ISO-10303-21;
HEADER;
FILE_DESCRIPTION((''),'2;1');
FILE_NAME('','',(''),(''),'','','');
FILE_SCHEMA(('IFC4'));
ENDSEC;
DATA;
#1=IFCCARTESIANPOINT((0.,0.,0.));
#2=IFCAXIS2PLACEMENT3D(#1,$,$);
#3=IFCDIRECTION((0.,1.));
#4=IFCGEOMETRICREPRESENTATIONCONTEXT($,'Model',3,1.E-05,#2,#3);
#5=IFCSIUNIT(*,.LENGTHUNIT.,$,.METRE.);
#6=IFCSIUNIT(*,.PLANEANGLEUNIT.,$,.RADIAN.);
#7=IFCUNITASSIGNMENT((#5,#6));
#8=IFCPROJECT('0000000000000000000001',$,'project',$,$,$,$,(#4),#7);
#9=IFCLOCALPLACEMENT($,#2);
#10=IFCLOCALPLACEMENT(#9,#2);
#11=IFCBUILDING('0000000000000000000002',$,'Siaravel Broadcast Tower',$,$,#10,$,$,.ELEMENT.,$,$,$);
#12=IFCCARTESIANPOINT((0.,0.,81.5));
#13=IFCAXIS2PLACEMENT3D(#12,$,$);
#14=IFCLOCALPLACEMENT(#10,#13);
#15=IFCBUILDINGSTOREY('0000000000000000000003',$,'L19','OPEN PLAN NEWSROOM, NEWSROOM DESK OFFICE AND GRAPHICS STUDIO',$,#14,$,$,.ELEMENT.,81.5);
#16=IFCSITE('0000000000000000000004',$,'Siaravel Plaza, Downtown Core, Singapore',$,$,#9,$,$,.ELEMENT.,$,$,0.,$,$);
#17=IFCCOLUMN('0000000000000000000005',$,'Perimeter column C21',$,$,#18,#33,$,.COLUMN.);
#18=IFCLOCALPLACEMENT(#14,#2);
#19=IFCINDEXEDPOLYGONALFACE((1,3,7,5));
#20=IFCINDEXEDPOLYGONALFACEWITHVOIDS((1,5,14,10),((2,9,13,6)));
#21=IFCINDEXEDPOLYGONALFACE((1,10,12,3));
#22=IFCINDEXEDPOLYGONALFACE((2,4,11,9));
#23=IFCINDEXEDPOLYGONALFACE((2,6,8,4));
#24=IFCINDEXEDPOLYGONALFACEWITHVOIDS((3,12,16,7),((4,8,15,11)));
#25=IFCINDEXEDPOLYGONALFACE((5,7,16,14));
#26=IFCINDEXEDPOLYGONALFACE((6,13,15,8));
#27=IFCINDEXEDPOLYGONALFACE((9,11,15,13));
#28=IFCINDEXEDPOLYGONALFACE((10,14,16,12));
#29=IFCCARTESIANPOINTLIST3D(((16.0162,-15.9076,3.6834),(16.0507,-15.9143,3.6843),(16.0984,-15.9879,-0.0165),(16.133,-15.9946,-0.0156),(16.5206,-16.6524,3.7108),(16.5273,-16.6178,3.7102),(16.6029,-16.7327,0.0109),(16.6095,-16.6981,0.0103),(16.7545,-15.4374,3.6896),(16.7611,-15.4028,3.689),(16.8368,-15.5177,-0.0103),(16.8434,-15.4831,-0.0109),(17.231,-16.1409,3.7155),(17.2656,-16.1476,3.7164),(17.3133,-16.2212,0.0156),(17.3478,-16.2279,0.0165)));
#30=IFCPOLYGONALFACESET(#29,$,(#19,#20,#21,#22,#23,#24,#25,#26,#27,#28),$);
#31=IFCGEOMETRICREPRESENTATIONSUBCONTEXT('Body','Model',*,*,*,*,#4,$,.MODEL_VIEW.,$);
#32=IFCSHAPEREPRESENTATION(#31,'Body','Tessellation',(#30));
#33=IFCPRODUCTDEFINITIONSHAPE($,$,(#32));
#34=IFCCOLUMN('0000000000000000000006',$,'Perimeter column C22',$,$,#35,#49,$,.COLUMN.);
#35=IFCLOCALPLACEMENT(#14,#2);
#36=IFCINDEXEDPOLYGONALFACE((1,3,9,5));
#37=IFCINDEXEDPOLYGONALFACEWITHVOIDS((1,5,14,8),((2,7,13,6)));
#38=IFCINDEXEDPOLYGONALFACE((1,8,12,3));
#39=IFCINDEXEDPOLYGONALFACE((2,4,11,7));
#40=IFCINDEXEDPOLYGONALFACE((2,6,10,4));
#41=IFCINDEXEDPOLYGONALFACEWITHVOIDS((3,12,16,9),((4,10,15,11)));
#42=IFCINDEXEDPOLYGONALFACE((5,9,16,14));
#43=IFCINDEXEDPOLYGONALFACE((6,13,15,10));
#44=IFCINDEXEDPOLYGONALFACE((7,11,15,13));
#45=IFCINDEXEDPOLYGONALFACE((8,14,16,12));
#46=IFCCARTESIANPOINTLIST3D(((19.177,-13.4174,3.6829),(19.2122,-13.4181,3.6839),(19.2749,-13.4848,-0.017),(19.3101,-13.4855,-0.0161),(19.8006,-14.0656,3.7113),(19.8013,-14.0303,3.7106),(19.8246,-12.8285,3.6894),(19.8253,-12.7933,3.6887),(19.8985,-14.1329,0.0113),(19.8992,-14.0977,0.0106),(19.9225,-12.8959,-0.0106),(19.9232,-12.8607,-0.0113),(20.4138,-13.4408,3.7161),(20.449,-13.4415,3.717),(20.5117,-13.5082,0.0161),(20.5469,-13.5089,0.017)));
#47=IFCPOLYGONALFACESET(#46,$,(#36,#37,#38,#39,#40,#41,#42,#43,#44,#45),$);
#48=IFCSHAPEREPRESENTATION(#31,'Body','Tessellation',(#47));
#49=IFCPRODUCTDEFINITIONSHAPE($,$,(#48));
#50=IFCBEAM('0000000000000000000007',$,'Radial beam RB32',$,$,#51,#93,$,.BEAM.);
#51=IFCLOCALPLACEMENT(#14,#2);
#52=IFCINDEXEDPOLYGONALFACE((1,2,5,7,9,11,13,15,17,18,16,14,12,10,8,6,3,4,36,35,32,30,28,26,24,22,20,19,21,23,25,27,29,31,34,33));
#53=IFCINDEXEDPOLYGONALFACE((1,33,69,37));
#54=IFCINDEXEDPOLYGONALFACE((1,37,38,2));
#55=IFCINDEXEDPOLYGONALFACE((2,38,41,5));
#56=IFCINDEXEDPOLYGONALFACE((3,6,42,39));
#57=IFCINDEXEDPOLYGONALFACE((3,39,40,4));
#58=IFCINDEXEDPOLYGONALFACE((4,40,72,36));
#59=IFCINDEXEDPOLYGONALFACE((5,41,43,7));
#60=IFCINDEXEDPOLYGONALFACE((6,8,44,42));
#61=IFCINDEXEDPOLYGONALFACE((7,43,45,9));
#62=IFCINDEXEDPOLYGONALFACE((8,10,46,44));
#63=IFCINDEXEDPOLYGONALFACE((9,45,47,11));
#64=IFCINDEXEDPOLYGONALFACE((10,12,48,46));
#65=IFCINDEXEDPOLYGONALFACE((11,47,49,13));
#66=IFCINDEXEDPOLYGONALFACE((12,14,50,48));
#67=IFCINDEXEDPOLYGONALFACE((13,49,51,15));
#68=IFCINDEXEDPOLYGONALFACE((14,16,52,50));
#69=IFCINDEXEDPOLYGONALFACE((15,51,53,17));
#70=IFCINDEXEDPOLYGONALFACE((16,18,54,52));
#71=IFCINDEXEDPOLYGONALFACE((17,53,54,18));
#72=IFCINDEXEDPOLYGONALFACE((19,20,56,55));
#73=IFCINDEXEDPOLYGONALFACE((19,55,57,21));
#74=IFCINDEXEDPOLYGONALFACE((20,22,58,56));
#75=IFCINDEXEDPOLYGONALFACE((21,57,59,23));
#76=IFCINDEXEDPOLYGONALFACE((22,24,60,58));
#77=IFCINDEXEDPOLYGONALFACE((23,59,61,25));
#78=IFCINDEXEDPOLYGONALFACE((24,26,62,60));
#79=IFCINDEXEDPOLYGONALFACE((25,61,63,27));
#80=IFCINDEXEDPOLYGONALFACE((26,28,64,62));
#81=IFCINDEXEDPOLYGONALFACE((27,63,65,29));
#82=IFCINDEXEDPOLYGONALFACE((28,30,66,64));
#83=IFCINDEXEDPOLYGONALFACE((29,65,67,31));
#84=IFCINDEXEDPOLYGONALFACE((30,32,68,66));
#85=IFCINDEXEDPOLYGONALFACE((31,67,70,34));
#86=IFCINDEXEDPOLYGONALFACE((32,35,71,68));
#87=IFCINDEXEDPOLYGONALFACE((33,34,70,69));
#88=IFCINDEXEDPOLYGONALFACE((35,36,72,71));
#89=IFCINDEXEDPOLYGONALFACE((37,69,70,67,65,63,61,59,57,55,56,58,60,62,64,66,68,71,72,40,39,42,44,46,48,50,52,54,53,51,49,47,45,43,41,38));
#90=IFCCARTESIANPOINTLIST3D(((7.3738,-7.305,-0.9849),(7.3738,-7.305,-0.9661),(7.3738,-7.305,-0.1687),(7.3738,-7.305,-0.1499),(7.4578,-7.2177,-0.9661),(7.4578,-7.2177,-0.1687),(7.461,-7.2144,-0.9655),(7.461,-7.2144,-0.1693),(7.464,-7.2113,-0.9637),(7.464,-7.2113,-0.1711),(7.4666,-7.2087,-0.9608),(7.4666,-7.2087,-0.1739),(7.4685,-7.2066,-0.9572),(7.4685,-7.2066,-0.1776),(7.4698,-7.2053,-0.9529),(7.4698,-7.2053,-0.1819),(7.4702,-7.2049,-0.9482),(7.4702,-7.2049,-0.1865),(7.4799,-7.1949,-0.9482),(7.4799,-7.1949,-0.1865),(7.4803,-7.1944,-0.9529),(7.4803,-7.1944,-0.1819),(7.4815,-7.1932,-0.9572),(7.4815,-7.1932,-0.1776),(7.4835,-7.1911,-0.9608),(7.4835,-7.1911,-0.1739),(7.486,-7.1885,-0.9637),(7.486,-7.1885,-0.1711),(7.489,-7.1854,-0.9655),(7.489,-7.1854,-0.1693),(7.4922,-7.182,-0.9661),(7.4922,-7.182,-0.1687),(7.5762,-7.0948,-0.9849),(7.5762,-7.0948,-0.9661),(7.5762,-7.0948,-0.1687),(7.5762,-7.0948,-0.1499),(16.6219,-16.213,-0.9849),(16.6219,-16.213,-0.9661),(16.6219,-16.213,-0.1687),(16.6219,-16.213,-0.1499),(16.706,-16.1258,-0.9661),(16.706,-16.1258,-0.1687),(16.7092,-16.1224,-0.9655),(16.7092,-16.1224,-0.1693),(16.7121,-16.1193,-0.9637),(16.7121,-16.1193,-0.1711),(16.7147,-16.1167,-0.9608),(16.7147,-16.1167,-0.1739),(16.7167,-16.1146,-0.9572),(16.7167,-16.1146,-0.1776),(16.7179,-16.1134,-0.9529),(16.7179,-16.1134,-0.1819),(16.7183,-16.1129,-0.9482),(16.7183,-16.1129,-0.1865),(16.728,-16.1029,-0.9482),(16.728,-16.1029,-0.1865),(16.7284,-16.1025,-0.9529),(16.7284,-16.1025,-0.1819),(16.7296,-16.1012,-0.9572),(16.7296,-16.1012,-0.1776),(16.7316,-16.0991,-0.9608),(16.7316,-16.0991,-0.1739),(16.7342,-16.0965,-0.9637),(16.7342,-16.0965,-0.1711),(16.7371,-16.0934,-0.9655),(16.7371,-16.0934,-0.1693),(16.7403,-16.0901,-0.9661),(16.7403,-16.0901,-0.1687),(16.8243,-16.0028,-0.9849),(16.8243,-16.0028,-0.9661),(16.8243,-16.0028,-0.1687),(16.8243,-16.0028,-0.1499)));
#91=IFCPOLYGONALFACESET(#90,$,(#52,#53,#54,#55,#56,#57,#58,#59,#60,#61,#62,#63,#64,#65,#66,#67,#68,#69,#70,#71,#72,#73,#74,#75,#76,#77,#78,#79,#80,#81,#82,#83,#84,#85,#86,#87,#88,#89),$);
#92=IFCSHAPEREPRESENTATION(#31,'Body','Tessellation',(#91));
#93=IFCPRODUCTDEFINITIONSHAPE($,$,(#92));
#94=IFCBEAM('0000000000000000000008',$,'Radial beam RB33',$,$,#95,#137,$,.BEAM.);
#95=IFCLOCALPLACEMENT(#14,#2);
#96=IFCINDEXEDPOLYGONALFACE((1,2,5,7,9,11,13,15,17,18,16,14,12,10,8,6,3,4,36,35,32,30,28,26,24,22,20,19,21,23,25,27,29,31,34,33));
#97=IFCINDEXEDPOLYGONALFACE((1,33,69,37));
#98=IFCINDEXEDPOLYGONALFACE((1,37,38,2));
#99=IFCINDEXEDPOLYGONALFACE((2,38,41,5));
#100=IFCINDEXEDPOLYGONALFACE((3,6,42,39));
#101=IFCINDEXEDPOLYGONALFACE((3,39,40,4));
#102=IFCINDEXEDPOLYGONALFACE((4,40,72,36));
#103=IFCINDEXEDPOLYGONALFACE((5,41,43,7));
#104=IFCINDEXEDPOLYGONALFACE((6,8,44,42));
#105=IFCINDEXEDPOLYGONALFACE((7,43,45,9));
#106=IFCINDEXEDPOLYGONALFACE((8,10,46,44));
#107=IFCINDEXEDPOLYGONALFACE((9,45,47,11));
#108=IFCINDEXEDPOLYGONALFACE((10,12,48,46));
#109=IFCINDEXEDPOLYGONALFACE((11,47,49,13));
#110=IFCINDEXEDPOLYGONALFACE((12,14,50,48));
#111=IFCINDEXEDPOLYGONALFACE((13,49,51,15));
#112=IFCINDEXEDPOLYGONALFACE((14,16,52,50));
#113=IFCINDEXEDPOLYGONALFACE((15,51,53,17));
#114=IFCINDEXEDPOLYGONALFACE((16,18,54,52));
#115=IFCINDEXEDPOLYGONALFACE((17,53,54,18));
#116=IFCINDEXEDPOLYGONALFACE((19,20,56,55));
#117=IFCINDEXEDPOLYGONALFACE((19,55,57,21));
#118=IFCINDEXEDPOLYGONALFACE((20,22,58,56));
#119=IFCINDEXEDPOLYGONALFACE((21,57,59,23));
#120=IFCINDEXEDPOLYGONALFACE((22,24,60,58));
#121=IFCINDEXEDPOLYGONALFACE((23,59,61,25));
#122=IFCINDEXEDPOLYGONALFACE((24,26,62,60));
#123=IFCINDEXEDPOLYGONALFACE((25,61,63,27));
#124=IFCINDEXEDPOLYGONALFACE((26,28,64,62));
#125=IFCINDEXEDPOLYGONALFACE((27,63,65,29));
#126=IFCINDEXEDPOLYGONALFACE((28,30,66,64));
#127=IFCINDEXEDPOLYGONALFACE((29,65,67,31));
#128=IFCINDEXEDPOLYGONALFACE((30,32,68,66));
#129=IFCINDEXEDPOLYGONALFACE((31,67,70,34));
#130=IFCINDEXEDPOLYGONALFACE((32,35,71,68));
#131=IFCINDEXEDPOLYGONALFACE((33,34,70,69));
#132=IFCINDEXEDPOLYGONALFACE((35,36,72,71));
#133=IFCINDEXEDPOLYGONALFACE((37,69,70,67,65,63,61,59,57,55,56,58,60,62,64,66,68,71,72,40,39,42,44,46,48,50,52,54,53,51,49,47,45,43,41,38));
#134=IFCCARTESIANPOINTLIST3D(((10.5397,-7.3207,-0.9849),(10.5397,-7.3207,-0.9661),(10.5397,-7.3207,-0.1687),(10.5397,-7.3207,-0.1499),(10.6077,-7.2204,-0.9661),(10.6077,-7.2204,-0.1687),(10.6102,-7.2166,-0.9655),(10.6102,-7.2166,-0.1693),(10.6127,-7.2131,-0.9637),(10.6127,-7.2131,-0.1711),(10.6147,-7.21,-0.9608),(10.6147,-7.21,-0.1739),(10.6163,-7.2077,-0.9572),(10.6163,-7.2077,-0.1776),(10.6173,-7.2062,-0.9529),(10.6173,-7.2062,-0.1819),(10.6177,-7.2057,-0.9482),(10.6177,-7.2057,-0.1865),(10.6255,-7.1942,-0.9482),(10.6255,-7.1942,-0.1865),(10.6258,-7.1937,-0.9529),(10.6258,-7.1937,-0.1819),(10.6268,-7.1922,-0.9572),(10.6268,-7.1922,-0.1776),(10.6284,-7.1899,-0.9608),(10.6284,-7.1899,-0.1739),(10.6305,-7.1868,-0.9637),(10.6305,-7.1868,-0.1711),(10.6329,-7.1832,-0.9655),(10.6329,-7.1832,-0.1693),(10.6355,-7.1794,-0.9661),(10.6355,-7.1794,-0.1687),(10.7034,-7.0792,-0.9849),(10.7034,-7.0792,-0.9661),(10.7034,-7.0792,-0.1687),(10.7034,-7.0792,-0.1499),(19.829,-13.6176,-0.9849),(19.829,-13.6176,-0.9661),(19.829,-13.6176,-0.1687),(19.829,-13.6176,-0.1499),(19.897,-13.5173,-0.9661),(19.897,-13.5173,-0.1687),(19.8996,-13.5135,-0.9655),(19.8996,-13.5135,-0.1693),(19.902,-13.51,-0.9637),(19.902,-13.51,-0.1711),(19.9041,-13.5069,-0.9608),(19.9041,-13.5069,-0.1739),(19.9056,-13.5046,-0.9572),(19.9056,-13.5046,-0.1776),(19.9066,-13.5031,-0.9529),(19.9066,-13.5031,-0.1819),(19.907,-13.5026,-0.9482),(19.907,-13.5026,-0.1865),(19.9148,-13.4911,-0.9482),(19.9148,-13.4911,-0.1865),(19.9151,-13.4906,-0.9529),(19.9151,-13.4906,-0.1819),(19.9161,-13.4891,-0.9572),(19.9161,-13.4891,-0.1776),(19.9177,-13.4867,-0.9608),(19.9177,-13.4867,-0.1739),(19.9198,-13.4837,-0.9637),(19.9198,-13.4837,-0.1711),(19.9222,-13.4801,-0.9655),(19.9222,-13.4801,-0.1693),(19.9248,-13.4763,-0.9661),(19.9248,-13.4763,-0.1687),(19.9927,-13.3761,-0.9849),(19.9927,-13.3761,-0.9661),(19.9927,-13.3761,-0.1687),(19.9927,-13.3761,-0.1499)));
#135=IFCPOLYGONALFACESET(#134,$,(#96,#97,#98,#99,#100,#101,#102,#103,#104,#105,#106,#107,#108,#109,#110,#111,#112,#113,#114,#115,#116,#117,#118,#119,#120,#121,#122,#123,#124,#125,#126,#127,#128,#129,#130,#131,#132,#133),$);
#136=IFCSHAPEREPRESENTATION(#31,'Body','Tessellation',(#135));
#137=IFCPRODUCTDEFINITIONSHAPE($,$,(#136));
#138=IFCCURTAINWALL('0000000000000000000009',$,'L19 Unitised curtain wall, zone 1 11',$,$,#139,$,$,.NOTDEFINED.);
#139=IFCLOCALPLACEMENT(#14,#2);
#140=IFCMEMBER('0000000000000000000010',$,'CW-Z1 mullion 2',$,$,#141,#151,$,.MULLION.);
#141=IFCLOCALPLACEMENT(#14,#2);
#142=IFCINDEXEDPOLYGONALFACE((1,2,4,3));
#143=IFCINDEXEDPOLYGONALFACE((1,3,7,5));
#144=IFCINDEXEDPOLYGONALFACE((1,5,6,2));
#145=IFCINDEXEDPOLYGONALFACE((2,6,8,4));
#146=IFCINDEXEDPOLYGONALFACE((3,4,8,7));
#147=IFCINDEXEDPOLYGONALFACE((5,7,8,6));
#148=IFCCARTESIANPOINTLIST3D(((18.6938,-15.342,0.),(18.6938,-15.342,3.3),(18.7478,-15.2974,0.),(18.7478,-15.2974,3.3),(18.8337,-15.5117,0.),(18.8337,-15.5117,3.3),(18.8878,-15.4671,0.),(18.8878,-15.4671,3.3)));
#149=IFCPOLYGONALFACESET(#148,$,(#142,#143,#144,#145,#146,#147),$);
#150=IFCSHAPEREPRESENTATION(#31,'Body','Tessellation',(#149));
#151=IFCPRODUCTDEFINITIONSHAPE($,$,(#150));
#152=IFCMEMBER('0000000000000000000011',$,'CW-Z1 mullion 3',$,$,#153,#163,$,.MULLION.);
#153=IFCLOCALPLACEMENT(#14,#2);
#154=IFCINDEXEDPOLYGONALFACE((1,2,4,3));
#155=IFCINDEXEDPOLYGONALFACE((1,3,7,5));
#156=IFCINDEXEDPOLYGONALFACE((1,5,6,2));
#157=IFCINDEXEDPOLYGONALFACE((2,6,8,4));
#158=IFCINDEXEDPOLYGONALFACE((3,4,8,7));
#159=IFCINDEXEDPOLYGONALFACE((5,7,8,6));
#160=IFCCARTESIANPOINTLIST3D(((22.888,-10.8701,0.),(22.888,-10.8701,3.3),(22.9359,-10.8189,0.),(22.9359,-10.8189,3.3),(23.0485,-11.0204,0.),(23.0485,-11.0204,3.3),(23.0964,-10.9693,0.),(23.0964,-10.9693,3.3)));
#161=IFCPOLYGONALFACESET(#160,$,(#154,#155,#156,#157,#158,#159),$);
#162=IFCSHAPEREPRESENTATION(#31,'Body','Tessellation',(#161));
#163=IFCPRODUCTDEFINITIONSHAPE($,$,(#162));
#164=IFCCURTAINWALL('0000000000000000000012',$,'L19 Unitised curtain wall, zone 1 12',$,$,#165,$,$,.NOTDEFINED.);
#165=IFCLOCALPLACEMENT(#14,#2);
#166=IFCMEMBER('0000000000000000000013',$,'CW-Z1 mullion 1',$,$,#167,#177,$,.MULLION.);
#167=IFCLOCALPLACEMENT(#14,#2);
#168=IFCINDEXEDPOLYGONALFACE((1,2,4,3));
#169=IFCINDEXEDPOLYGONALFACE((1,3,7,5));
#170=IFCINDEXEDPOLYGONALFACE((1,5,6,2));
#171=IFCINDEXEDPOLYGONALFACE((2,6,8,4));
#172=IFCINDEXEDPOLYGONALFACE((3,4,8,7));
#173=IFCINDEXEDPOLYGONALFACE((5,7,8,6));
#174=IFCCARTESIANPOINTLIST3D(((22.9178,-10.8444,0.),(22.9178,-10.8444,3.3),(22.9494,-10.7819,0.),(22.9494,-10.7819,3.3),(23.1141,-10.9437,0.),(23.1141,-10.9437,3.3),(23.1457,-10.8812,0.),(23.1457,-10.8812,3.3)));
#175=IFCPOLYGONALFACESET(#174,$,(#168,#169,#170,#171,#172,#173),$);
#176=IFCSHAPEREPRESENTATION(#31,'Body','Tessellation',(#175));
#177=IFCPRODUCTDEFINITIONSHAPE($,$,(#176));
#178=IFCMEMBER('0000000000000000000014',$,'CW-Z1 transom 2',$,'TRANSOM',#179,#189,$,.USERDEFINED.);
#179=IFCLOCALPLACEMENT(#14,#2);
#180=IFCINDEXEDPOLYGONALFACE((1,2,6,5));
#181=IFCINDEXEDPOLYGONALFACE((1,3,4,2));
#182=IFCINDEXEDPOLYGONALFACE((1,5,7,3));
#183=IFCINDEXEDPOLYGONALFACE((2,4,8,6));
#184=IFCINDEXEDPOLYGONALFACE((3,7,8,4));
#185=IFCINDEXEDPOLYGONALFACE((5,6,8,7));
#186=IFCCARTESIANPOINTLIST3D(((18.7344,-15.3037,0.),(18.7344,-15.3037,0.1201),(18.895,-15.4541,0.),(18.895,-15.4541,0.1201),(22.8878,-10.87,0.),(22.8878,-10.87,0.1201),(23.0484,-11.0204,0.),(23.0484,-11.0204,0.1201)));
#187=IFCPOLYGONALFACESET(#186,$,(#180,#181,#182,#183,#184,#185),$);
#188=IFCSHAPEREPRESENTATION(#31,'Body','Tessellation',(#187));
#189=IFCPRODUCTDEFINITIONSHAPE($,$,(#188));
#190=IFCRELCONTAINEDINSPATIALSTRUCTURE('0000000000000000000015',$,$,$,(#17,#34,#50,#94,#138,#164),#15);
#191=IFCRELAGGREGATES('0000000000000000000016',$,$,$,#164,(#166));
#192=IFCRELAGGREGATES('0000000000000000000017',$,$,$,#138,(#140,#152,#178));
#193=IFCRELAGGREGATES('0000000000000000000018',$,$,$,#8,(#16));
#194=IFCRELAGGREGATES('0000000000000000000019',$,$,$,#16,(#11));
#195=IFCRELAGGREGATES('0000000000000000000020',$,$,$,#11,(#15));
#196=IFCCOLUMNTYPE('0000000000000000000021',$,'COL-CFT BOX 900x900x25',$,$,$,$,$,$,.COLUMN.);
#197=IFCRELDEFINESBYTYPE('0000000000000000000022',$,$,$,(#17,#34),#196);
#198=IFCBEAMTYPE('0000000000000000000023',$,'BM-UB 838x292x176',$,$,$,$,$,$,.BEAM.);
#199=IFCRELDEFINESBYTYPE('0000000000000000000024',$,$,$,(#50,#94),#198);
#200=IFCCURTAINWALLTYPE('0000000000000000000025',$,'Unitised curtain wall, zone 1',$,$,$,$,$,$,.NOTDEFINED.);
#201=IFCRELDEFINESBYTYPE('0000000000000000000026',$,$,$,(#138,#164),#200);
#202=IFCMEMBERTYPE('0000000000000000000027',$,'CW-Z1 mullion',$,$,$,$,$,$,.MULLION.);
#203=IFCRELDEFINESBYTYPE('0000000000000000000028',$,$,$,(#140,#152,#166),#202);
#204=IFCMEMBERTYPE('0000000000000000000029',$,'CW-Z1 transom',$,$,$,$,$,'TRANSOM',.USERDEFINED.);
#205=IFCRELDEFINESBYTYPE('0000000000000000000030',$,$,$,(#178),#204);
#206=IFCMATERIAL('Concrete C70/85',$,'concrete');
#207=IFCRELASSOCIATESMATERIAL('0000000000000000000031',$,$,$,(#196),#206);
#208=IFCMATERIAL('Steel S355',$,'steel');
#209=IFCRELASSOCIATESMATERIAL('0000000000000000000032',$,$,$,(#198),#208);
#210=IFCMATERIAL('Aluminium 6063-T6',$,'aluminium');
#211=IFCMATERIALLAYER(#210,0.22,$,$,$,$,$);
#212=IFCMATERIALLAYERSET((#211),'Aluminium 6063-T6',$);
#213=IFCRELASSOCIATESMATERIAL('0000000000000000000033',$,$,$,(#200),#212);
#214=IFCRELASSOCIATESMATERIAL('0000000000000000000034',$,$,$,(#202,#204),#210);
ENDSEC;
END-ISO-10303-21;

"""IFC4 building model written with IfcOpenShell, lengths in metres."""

from ifc_helpers import new_model, si_unit, direction, frame, origin, origin_2d, place, context, subcontext, project, spatial, rectangle, hollow_rectangle, i_section, extrude, material, layer, layer_set, material_profile, profile_set, type_object, element, aggregate, save


model = new_model("IFC4")

# Units and contexts
model_context = context("Model", 3, precision=1e-05, world=origin(), true_north=direction((0.0, 1.0)))
body_context = subcontext(model_context, "Body", "Model", "MODEL_VIEW")
ifc_project = project(units=[si_unit("LENGTHUNIT", "METRE"), si_unit("PLANEANGLEUNIT", "RADIAN")], contexts=[model_context])

# Site, building, storey
site_placement = place(None, origin())
site = spatial("IfcSite", under=ifc_project, at=site_placement, Name="Siaravel Plaza, Downtown Core, Singapore", CompositionType="ELEMENT", RefElevation=0.0)
building_placement = place(site_placement, origin())
building = spatial("IfcBuilding", under=site, at=building_placement, Name="Siaravel Broadcast Tower", CompositionType="ELEMENT")
storey_placement = place(building_placement, frame((0.0, 0.0, 81.5)))
storey = spatial("IfcBuildingStorey", under=building, at=storey_placement, Name="L19", Description="OPEN PLAN NEWSROOM, NEWSROOM DESK OFFICE AND GRAPHICS STUDIO", CompositionType="ELEMENT", Elevation=81.5)

# Columns
ifc_material_1 = material(Name="Concrete C70/85", Category="concrete")
ifc_material_profile_1 = material_profile(ifc_material_1, hollow_rectangle(XDim=0.8999, YDim=0.8999, WallThickness=0.0249, at=origin_2d()))
ifc_profile_set_1 = profile_set([ifc_material_profile_1], Name="Concrete C70/85")
column_type = type_object("IfcColumnType", Name="COL-CFT BOX 900x900x25", PredefinedType="COLUMN", material=ifc_profile_set_1)
column_1_placement = place(storey_placement, frame((16.7231, -16.1079, 0.0), z_axis=(-0.022226, 0.021699, 0.999517), x_axis=(-0.827832, -0.560941, -0.006231)))
element("IfcColumn", 1, at=column_1_placement, inside=storey, type_object=column_type, Name="Perimeter column C21", PredefinedType="COLUMN", context=body_context, shape_type="SweptSolid", body=[
    extrude(hollow_rectangle(XDim=0.8999, YDim=0.8999, WallThickness=0.0249, at=origin_2d()), origin(), (0.0, 0.0, 1.0), 3.7017),
])
column_2_placement = place(storey_placement, frame((19.9109, -13.4968, 0.0), z_axis=(-0.026446, 0.018202, 0.999484), x_axis=(-0.72044, -0.693488, -0.006433)))
element("IfcColumn", 2, at=column_2_placement, inside=storey, type_object=column_type, Name="Perimeter column C22", PredefinedType="COLUMN", context=body_context, shape_type="SweptSolid", body=[
    extrude(hollow_rectangle(XDim=0.8999, YDim=0.8999, WallThickness=0.0249, at=origin_2d()), origin(), (0.0, 0.0, 1.0), 3.7019),
])

# Beams
ifc_material_2 = material(Name="Steel S355", Category="steel")
ifc_material_profile_2 = material_profile(ifc_material_2, i_section(OverallWidth=0.2917, OverallDepth=0.835, WebThickness=0.0139, FlangeThickness=0.0188, FilletRadius=0.0178, at=origin_2d()))
ifc_profile_set_2 = profile_set([ifc_material_profile_2], Name="Steel S355")
beam_type = type_object("IfcBeamType", Name="BM-UB 838x292x176", PredefinedType="BEAM", material=ifc_profile_set_2)
beam_1_placement = place(storey_placement, frame((16.7231, -16.1079, -0.5674), z_axis=(-0.720226, 0.69374, 0.0), x_axis=(-0.69374, -0.720226, 0.0)))
element("IfcBeam", 3, at=beam_1_placement, inside=storey, type_object=beam_type, Name="Radial beam RB32", PredefinedType="BEAM", context=body_context, shape_type="SweptSolid", body=[
    extrude(i_section(OverallWidth=0.2917, OverallDepth=0.835, WebThickness=0.0139, FlangeThickness=0.0188, FilletRadius=0.0178, at=origin_2d()), origin(), (0.0, 0.0, 1.0), 12.8406),
])
beam_2_placement = place(storey_placement, frame((19.9109, -13.4968, -0.5674), z_axis=(-0.827748, 0.5611, 0.0), x_axis=(-0.5611, -0.827748, 0.0)))
element("IfcBeam", 4, at=beam_2_placement, inside=storey, type_object=beam_type, Name="Radial beam RB33", PredefinedType="BEAM", context=body_context, shape_type="SweptSolid", body=[
    extrude(i_section(OverallWidth=0.2917, OverallDepth=0.835, WebThickness=0.0139, FlangeThickness=0.0188, FilletRadius=0.0178, at=origin_2d()), origin(), (0.0, 0.0, 1.0), 11.2224),
])

# Curtain wall, members
ifc_material_3 = material(Name="Aluminium 6063-T6", Category="aluminium")
ifc_layer_1 = layer(ifc_material_3, 0.22)
ifc_layer_set_1 = layer_set([ifc_layer_1], Name="Aluminium 6063-T6")
curtain_wall_type = type_object("IfcCurtainWallType", Name="Unitised curtain wall, zone 1", PredefinedType="NOTDEFINED", material=ifc_layer_set_1)
curtain_wall_1_placement = place(storey_placement, origin())
curtain_wall_1 = element("IfcCurtainWall", 5, at=curtain_wall_1_placement, inside=storey, type_object=curtain_wall_type, Name="L19 Unitised curtain wall, zone 1 11", PredefinedType="NOTDEFINED")
ifc_material_profile_3 = material_profile(ifc_material_3, rectangle(XDim=0.22, YDim=0.0701, at=origin_2d()))
ifc_profile_set_3 = profile_set([ifc_material_profile_3], Name="Aluminium 6063-T6")
member_type_1 = type_object("IfcMemberType", Name="CW-Z1 mullion", PredefinedType="MULLION", material=ifc_profile_set_3)
member_1_placement = place(storey_placement, frame((18.7908, -15.4045, 0.0), z_axis=(0.0, 0.0, 1.0), x_axis=(-0.636219, 0.771508, 0.0)))
member_1 = element("IfcMember", 6, at=member_1_placement, type_object=member_type_1, Name="CW-Z1 mullion 2", PredefinedType="MULLION", context=body_context, shape_type="SweptSolid", body=[
    extrude(rectangle(XDim=0.22, YDim=0.0701, at=origin_2d()), origin(), (0.0, 0.0, 1.0), 3.3),
])
member_2_placement = place(storey_placement, frame((22.9922, -10.9197, 0.0), z_axis=(0.0, 0.0, 1.0), x_axis=(-0.729806, 0.683655, 0.0)))
member_2 = element("IfcMember", 7, at=member_2_placement, type_object=member_type_1, Name="CW-Z1 mullion 3", PredefinedType="MULLION", context=body_context, shape_type="SweptSolid", body=[
    extrude(rectangle(XDim=0.22, YDim=0.0701, at=origin_2d()), origin(), (0.0, 0.0, 1.0), 3.3),
])

# Curtain wall, member
curtain_wall_2_placement = place(storey_placement, origin())
curtain_wall_2 = element("IfcCurtainWall", 8, at=curtain_wall_2_placement, inside=storey, type_object=curtain_wall_type, Name="L19 Unitised curtain wall, zone 1 12", PredefinedType="NOTDEFINED")
member_3_placement = place(storey_placement, frame((23.0317, -10.8628, 0.0), z_axis=(0.0, 0.0, 1.0), x_axis=(-0.892392, 0.451261, 0.0)))
member_3 = element("IfcMember", 9, at=member_3_placement, type_object=member_type_1, Name="CW-Z1 mullion 1", PredefinedType="MULLION", context=body_context, shape_type="SweptSolid", body=[
    extrude(rectangle(XDim=0.22, YDim=0.0701, at=origin_2d()), origin(), (0.0, 0.0, 1.0), 3.3),
])

# Member
ifc_material_profile_4 = material_profile(ifc_material_3, rectangle(XDim=0.22, YDim=0.1201, at=origin_2d()))
ifc_profile_set_4 = profile_set([ifc_material_profile_4], Name="Aluminium 6063-T6")
member_type_2 = type_object("IfcMemberType", Name="CW-Z1 transom", ElementType="TRANSOM", PredefinedType="USERDEFINED", material=ifc_profile_set_4)
member_4_placement = place(storey_placement, frame((18.8147, -15.3789, 0.0601), z_axis=(0.683663, 0.729798, 0.0), x_axis=(-0.729798, 0.683663, 0.0)))
member_4 = element("IfcMember", 10, at=member_4_placement, type_object=member_type_2, Name="CW-Z1 transom 2", ObjectType="TRANSOM", PredefinedType="USERDEFINED", context=body_context, shape_type="SweptSolid", body=[
    extrude(rectangle(XDim=0.22, YDim=0.1201, at=origin_2d()), origin(), (0.0, 0.0, 1.0), 6.0752),
])
aggregate(curtain_wall_2, [member_3])

aggregate(curtain_wall_1, [member_1, member_2, member_4])

save(model, "model.ifc")
